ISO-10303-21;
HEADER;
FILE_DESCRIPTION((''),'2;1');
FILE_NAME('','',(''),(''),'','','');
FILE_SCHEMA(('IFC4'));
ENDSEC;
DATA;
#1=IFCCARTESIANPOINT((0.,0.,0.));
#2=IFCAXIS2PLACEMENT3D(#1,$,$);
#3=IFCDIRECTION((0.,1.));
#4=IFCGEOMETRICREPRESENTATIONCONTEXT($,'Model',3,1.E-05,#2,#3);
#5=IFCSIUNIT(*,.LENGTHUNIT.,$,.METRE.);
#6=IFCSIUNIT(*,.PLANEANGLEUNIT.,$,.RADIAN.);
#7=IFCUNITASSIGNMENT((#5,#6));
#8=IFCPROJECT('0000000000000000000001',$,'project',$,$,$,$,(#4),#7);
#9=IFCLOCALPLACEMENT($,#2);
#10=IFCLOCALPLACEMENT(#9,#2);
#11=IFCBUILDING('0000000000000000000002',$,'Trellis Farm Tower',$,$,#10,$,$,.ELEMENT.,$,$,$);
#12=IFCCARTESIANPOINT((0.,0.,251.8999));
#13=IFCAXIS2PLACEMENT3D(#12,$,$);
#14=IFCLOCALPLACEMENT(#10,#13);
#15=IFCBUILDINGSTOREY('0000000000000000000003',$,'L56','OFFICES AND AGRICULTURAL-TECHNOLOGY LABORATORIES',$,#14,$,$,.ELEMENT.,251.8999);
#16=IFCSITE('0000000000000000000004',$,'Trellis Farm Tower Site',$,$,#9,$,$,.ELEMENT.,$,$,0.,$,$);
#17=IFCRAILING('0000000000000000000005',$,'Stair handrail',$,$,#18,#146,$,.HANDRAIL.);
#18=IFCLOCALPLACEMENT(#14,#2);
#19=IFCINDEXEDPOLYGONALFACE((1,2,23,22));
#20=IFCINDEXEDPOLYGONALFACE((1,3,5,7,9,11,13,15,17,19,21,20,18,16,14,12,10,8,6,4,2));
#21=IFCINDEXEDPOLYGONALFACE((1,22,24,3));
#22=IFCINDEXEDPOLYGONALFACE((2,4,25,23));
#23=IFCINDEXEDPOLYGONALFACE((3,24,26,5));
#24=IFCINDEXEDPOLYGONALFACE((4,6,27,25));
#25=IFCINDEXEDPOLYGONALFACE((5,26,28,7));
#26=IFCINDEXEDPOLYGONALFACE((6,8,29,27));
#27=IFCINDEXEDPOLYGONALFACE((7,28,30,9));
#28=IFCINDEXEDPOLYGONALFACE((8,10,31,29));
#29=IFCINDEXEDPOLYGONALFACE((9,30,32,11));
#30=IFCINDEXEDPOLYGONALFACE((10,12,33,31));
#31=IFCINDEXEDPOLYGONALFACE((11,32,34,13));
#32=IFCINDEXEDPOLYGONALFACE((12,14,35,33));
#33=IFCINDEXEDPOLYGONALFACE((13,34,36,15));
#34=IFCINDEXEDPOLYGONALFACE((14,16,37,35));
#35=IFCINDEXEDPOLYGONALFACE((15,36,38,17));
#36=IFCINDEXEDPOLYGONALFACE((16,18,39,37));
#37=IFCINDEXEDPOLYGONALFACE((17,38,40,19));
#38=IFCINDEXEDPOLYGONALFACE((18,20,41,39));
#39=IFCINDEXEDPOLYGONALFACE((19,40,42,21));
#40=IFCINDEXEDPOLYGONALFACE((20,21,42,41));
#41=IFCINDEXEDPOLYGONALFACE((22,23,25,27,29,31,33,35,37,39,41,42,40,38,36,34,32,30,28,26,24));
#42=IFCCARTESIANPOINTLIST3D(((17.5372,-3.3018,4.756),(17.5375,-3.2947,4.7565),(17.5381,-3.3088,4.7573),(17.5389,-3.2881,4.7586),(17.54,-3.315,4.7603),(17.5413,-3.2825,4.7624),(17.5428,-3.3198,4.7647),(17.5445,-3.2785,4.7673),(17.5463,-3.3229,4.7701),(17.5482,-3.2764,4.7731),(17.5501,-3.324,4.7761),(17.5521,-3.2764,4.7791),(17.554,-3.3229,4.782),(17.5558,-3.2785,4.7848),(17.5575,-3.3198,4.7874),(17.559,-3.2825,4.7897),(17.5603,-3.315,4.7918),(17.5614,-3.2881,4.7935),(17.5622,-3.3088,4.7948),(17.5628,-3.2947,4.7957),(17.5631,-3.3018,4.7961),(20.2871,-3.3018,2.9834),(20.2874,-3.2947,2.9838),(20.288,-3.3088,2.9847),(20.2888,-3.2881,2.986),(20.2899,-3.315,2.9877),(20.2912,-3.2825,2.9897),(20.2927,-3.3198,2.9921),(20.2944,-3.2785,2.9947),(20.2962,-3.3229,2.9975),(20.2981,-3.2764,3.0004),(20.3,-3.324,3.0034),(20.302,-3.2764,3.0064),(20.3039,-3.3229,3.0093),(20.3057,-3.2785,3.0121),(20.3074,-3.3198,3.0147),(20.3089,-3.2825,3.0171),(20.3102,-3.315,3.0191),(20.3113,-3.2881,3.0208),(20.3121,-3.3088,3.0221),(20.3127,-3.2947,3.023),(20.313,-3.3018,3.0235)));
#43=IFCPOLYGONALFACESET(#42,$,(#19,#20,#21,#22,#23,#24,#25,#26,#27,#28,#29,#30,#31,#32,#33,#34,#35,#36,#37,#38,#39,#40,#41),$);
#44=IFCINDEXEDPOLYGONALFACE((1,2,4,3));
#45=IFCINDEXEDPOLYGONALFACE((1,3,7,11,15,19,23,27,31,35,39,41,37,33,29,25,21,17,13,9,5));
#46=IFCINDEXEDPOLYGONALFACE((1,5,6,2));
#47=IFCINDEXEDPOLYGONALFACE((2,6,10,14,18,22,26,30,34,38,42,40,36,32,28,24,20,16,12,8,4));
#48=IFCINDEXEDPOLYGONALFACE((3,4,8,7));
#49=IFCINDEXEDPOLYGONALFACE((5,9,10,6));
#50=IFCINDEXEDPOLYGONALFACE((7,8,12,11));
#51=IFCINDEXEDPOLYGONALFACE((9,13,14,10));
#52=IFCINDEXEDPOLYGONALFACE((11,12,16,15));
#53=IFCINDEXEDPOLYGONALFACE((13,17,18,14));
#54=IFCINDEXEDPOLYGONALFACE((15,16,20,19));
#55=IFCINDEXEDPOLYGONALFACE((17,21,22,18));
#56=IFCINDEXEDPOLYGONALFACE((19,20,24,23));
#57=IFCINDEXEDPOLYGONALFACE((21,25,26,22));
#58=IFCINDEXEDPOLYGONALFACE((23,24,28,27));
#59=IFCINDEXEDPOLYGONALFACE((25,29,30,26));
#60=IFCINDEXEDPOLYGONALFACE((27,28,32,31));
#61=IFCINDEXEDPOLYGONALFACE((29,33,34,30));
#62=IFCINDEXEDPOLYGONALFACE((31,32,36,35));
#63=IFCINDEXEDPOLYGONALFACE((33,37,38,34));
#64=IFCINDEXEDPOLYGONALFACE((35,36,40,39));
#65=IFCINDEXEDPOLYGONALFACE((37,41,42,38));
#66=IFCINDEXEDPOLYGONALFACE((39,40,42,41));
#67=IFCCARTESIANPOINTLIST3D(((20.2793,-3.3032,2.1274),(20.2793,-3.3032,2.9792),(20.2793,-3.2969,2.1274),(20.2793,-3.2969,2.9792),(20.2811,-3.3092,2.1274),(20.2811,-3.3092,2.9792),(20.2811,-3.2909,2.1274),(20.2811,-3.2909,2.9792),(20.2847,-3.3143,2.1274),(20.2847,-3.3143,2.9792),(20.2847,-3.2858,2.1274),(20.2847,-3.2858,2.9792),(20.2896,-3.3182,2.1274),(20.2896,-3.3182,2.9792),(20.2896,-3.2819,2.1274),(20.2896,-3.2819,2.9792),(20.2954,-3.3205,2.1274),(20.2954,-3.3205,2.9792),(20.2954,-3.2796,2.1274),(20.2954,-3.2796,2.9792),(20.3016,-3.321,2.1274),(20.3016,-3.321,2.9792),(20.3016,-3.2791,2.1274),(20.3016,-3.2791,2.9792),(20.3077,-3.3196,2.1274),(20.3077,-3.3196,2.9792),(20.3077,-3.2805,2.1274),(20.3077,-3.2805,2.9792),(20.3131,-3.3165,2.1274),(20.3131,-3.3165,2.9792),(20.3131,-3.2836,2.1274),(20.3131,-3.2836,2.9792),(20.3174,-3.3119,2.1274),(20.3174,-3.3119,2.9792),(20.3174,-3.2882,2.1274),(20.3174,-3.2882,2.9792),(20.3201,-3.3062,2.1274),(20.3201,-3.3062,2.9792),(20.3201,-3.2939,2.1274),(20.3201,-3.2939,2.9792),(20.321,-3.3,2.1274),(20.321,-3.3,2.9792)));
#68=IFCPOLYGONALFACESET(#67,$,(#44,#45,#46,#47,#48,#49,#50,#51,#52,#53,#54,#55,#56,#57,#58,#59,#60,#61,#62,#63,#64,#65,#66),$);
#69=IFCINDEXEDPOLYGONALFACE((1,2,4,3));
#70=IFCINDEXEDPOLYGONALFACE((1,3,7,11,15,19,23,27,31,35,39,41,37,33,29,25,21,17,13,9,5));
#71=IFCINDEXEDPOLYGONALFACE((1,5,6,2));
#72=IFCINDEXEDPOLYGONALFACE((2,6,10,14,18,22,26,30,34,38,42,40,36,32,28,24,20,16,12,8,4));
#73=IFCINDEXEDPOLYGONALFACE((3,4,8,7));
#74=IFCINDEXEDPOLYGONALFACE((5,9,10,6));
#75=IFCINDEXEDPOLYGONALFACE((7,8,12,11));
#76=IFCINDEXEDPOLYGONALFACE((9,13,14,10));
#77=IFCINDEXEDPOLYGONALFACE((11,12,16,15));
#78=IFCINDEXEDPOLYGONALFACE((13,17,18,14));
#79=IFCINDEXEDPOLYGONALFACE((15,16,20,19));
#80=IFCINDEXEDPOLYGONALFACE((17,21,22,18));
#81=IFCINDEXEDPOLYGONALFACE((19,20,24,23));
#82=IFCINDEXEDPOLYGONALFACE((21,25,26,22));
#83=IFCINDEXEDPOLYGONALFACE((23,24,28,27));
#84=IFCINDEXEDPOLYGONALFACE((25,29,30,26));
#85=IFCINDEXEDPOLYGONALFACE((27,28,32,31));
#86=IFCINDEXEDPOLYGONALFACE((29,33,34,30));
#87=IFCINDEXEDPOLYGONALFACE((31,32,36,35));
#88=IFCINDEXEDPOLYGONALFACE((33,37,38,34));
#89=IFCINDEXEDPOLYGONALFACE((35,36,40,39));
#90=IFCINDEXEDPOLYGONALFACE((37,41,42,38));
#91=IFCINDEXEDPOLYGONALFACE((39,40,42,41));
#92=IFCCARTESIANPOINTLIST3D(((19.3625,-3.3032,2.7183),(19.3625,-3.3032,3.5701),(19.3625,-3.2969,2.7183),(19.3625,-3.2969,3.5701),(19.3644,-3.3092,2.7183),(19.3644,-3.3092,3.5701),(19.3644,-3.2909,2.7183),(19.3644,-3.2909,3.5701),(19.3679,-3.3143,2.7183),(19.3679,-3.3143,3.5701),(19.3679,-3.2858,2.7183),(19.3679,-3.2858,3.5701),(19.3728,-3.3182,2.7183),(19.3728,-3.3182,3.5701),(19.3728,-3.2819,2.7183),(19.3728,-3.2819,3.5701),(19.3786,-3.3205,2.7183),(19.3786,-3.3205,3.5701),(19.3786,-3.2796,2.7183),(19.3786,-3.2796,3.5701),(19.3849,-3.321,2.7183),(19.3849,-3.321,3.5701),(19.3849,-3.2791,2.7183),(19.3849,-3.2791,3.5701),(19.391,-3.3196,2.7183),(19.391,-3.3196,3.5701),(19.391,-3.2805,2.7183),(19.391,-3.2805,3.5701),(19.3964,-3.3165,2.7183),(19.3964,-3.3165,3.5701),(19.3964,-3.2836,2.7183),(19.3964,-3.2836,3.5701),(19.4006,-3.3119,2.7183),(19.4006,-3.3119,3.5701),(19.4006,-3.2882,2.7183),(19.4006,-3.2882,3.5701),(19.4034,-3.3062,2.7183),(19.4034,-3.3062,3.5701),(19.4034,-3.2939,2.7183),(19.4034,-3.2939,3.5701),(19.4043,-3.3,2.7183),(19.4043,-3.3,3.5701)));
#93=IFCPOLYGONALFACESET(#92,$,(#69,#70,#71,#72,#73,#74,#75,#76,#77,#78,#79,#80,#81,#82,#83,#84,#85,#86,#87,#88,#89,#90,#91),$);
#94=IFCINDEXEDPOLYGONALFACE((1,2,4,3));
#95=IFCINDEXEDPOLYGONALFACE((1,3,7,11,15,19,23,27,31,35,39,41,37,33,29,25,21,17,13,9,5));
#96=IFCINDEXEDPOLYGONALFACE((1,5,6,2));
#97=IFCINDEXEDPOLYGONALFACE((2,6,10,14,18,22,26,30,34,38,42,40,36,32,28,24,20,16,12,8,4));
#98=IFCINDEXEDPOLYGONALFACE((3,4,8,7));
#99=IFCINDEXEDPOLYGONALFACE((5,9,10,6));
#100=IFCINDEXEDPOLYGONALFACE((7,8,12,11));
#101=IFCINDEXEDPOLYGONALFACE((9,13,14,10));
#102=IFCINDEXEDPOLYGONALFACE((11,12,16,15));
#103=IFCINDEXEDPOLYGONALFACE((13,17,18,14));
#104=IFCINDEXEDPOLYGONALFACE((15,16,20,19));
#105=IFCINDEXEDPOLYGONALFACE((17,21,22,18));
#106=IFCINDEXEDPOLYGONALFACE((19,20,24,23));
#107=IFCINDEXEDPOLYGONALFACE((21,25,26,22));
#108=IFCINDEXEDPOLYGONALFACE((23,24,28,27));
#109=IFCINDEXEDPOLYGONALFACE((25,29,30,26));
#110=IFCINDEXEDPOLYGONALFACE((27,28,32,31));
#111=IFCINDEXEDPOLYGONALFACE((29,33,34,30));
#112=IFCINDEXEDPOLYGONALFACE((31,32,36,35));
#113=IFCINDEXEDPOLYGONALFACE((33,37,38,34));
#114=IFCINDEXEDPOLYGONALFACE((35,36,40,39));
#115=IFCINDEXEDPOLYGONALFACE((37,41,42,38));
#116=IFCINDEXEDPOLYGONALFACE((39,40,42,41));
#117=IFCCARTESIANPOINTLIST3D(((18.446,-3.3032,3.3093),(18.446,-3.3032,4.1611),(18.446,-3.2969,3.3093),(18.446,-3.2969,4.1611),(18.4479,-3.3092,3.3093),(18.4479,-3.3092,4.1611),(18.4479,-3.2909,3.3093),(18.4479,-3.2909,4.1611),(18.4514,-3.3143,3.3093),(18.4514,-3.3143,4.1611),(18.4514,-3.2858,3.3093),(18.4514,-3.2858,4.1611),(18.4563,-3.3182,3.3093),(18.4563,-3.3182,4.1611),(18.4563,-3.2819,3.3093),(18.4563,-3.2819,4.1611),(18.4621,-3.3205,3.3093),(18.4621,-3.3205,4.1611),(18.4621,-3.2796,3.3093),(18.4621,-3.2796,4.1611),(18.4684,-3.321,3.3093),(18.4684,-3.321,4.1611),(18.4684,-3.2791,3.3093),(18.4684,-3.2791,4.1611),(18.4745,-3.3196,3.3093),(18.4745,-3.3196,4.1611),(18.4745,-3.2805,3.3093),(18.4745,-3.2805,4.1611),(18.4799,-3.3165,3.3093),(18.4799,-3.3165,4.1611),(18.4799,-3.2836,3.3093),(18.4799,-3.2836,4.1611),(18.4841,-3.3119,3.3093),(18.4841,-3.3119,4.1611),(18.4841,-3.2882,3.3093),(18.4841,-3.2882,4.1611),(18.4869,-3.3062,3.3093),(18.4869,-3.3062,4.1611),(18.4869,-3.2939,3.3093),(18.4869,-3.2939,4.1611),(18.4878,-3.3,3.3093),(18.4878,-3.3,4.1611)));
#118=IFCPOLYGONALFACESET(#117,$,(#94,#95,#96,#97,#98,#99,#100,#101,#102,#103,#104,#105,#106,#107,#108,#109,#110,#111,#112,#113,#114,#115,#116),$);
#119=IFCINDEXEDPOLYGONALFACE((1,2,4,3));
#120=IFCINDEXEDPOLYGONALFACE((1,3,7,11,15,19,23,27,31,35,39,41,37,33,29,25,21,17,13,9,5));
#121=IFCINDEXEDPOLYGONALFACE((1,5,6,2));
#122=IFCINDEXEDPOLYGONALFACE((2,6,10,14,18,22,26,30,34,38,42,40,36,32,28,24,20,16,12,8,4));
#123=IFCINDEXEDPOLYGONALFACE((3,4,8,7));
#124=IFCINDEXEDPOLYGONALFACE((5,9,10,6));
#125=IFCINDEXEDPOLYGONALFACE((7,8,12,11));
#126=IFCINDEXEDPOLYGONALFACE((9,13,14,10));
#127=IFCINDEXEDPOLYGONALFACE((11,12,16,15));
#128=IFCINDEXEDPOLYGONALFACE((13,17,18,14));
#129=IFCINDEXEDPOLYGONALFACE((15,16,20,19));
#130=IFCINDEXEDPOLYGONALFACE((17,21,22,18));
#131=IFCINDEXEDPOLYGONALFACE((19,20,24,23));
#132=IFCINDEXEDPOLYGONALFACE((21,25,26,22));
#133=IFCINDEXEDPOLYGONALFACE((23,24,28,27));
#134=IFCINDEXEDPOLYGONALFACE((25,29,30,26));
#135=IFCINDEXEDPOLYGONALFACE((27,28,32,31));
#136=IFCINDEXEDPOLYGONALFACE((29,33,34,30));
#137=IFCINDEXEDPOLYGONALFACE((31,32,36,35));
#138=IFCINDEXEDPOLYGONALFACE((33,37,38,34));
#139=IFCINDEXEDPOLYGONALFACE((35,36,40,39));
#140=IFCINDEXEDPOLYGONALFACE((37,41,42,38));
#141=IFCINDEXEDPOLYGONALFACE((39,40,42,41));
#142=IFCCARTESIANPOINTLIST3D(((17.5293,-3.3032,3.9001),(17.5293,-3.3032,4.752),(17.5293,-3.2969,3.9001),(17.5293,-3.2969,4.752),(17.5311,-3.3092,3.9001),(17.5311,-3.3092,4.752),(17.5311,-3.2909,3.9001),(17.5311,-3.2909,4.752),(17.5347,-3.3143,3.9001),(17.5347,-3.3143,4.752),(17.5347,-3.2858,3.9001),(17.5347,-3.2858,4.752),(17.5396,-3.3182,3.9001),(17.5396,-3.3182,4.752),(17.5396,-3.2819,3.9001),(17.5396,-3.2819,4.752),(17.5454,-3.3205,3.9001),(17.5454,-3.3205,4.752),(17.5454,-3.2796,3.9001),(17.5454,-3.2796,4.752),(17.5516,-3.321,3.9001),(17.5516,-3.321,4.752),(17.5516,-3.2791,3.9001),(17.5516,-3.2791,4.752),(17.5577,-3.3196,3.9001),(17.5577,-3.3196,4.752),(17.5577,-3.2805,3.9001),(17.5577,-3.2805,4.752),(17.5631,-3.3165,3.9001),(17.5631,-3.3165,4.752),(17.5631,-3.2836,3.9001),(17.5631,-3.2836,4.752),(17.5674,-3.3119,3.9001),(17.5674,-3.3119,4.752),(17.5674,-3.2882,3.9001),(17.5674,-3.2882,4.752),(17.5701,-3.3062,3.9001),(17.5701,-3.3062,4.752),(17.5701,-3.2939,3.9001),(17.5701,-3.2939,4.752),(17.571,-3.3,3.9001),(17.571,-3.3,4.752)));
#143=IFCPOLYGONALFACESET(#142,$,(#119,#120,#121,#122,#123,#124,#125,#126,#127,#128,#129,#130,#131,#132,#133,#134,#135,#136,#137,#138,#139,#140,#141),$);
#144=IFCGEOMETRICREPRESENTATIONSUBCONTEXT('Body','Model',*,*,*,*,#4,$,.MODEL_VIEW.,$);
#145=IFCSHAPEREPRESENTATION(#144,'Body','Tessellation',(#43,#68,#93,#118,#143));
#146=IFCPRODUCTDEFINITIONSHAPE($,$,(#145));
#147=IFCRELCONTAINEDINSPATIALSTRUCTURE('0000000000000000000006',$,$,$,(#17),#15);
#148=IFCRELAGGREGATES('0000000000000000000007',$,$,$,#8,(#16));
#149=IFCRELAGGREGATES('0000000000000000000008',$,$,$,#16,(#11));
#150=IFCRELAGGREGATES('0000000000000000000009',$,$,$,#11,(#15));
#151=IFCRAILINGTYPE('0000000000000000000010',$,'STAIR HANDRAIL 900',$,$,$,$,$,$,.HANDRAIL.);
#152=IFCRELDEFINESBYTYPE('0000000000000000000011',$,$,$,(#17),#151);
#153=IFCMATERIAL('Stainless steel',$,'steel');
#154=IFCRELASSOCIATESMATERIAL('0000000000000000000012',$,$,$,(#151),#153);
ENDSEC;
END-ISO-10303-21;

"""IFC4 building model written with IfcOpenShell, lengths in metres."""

from ifc_helpers import new_model, si_unit, direction, frame, origin, origin_2d, place, context, subcontext, project, spatial, circle, extrude, source, transform, mapped, material, type_object, element, save


model = new_model("IFC4")

# Units and contexts
model_context = context("Model", 3, precision=1e-05, world=origin(), true_north=direction((0.0, 1.0)))
body_context = subcontext(model_context, "Body", "Model", "MODEL_VIEW")
ifc_project = project(units=[si_unit("LENGTHUNIT", "METRE"), si_unit("PLANEANGLEUNIT", "RADIAN")], contexts=[model_context])

# Site, building, storey
site_placement = place(None, origin())
site = spatial("IfcSite", under=ifc_project, at=site_placement, Name="Trellis Farm Tower Site", CompositionType="ELEMENT", RefElevation=0.0)
building_placement = place(site_placement, origin())
building = spatial("IfcBuilding", under=site, at=building_placement, Name="Trellis Farm Tower", CompositionType="ELEMENT")
storey_placement = place(building_placement, frame((0.0, 0.0, 251.8999)))
storey = spatial("IfcBuildingStorey", under=building, at=storey_placement, Name="L56", Description="OFFICES AND AGRICULTURAL-TECHNOLOGY LABORATORIES", CompositionType="ELEMENT", Elevation=251.8999)

# Railing
ifc_material_1 = material(Name="Stainless steel", Category="steel")
railing_type = type_object("IfcRailingType", Name="STAIR HANDRAIL 900", PredefinedType="HANDRAIL", material=ifc_material_1)
shared_shape_1 = source(origin(), body_context, "Body", "SweptSolid", [
    extrude(circle(Radius=0.0239, at=origin_2d()), frame((0.0, 0.0, 0.876), z_axis=(-0.840504, 0.0, 0.541806), x_axis=(0.0, -1.0, 0.0)), (0.0, 0.0, 1.0), 3.2717),
    extrude(circle(Radius=0.021, at=origin_2d()), origin(), (0.0, 0.0, 1.0), 0.8518),
    extrude(circle(Radius=0.021, at=origin_2d()), frame((-0.9167, 0.0, 0.5908)), (0.0, 0.0, 1.0), 0.8518),
    extrude(circle(Radius=0.021, at=origin_2d()), frame((-1.8333, 0.0, 1.1819)), (0.0, 0.0, 1.0), 0.8518),
    extrude(circle(Radius=0.021, at=origin_2d()), frame((-2.75, 0.0, 1.7727)), (0.0, 0.0, 1.0), 0.8518),
])
for number, where, name in (
    (1, (20.3, -3.3, 2.1274), "Stair handrail"),
):
    element("IfcRailing", number, at=place(storey_placement, frame(where)), inside=storey, type_object=railing_type, Name=name, PredefinedType="HANDRAIL", context=body_context, shape_type="MappedRepresentation", body=[
        mapped(shared_shape_1, transform((0.0, 0.0, 0.0))),
    ])

save(model, "model.ifc")
